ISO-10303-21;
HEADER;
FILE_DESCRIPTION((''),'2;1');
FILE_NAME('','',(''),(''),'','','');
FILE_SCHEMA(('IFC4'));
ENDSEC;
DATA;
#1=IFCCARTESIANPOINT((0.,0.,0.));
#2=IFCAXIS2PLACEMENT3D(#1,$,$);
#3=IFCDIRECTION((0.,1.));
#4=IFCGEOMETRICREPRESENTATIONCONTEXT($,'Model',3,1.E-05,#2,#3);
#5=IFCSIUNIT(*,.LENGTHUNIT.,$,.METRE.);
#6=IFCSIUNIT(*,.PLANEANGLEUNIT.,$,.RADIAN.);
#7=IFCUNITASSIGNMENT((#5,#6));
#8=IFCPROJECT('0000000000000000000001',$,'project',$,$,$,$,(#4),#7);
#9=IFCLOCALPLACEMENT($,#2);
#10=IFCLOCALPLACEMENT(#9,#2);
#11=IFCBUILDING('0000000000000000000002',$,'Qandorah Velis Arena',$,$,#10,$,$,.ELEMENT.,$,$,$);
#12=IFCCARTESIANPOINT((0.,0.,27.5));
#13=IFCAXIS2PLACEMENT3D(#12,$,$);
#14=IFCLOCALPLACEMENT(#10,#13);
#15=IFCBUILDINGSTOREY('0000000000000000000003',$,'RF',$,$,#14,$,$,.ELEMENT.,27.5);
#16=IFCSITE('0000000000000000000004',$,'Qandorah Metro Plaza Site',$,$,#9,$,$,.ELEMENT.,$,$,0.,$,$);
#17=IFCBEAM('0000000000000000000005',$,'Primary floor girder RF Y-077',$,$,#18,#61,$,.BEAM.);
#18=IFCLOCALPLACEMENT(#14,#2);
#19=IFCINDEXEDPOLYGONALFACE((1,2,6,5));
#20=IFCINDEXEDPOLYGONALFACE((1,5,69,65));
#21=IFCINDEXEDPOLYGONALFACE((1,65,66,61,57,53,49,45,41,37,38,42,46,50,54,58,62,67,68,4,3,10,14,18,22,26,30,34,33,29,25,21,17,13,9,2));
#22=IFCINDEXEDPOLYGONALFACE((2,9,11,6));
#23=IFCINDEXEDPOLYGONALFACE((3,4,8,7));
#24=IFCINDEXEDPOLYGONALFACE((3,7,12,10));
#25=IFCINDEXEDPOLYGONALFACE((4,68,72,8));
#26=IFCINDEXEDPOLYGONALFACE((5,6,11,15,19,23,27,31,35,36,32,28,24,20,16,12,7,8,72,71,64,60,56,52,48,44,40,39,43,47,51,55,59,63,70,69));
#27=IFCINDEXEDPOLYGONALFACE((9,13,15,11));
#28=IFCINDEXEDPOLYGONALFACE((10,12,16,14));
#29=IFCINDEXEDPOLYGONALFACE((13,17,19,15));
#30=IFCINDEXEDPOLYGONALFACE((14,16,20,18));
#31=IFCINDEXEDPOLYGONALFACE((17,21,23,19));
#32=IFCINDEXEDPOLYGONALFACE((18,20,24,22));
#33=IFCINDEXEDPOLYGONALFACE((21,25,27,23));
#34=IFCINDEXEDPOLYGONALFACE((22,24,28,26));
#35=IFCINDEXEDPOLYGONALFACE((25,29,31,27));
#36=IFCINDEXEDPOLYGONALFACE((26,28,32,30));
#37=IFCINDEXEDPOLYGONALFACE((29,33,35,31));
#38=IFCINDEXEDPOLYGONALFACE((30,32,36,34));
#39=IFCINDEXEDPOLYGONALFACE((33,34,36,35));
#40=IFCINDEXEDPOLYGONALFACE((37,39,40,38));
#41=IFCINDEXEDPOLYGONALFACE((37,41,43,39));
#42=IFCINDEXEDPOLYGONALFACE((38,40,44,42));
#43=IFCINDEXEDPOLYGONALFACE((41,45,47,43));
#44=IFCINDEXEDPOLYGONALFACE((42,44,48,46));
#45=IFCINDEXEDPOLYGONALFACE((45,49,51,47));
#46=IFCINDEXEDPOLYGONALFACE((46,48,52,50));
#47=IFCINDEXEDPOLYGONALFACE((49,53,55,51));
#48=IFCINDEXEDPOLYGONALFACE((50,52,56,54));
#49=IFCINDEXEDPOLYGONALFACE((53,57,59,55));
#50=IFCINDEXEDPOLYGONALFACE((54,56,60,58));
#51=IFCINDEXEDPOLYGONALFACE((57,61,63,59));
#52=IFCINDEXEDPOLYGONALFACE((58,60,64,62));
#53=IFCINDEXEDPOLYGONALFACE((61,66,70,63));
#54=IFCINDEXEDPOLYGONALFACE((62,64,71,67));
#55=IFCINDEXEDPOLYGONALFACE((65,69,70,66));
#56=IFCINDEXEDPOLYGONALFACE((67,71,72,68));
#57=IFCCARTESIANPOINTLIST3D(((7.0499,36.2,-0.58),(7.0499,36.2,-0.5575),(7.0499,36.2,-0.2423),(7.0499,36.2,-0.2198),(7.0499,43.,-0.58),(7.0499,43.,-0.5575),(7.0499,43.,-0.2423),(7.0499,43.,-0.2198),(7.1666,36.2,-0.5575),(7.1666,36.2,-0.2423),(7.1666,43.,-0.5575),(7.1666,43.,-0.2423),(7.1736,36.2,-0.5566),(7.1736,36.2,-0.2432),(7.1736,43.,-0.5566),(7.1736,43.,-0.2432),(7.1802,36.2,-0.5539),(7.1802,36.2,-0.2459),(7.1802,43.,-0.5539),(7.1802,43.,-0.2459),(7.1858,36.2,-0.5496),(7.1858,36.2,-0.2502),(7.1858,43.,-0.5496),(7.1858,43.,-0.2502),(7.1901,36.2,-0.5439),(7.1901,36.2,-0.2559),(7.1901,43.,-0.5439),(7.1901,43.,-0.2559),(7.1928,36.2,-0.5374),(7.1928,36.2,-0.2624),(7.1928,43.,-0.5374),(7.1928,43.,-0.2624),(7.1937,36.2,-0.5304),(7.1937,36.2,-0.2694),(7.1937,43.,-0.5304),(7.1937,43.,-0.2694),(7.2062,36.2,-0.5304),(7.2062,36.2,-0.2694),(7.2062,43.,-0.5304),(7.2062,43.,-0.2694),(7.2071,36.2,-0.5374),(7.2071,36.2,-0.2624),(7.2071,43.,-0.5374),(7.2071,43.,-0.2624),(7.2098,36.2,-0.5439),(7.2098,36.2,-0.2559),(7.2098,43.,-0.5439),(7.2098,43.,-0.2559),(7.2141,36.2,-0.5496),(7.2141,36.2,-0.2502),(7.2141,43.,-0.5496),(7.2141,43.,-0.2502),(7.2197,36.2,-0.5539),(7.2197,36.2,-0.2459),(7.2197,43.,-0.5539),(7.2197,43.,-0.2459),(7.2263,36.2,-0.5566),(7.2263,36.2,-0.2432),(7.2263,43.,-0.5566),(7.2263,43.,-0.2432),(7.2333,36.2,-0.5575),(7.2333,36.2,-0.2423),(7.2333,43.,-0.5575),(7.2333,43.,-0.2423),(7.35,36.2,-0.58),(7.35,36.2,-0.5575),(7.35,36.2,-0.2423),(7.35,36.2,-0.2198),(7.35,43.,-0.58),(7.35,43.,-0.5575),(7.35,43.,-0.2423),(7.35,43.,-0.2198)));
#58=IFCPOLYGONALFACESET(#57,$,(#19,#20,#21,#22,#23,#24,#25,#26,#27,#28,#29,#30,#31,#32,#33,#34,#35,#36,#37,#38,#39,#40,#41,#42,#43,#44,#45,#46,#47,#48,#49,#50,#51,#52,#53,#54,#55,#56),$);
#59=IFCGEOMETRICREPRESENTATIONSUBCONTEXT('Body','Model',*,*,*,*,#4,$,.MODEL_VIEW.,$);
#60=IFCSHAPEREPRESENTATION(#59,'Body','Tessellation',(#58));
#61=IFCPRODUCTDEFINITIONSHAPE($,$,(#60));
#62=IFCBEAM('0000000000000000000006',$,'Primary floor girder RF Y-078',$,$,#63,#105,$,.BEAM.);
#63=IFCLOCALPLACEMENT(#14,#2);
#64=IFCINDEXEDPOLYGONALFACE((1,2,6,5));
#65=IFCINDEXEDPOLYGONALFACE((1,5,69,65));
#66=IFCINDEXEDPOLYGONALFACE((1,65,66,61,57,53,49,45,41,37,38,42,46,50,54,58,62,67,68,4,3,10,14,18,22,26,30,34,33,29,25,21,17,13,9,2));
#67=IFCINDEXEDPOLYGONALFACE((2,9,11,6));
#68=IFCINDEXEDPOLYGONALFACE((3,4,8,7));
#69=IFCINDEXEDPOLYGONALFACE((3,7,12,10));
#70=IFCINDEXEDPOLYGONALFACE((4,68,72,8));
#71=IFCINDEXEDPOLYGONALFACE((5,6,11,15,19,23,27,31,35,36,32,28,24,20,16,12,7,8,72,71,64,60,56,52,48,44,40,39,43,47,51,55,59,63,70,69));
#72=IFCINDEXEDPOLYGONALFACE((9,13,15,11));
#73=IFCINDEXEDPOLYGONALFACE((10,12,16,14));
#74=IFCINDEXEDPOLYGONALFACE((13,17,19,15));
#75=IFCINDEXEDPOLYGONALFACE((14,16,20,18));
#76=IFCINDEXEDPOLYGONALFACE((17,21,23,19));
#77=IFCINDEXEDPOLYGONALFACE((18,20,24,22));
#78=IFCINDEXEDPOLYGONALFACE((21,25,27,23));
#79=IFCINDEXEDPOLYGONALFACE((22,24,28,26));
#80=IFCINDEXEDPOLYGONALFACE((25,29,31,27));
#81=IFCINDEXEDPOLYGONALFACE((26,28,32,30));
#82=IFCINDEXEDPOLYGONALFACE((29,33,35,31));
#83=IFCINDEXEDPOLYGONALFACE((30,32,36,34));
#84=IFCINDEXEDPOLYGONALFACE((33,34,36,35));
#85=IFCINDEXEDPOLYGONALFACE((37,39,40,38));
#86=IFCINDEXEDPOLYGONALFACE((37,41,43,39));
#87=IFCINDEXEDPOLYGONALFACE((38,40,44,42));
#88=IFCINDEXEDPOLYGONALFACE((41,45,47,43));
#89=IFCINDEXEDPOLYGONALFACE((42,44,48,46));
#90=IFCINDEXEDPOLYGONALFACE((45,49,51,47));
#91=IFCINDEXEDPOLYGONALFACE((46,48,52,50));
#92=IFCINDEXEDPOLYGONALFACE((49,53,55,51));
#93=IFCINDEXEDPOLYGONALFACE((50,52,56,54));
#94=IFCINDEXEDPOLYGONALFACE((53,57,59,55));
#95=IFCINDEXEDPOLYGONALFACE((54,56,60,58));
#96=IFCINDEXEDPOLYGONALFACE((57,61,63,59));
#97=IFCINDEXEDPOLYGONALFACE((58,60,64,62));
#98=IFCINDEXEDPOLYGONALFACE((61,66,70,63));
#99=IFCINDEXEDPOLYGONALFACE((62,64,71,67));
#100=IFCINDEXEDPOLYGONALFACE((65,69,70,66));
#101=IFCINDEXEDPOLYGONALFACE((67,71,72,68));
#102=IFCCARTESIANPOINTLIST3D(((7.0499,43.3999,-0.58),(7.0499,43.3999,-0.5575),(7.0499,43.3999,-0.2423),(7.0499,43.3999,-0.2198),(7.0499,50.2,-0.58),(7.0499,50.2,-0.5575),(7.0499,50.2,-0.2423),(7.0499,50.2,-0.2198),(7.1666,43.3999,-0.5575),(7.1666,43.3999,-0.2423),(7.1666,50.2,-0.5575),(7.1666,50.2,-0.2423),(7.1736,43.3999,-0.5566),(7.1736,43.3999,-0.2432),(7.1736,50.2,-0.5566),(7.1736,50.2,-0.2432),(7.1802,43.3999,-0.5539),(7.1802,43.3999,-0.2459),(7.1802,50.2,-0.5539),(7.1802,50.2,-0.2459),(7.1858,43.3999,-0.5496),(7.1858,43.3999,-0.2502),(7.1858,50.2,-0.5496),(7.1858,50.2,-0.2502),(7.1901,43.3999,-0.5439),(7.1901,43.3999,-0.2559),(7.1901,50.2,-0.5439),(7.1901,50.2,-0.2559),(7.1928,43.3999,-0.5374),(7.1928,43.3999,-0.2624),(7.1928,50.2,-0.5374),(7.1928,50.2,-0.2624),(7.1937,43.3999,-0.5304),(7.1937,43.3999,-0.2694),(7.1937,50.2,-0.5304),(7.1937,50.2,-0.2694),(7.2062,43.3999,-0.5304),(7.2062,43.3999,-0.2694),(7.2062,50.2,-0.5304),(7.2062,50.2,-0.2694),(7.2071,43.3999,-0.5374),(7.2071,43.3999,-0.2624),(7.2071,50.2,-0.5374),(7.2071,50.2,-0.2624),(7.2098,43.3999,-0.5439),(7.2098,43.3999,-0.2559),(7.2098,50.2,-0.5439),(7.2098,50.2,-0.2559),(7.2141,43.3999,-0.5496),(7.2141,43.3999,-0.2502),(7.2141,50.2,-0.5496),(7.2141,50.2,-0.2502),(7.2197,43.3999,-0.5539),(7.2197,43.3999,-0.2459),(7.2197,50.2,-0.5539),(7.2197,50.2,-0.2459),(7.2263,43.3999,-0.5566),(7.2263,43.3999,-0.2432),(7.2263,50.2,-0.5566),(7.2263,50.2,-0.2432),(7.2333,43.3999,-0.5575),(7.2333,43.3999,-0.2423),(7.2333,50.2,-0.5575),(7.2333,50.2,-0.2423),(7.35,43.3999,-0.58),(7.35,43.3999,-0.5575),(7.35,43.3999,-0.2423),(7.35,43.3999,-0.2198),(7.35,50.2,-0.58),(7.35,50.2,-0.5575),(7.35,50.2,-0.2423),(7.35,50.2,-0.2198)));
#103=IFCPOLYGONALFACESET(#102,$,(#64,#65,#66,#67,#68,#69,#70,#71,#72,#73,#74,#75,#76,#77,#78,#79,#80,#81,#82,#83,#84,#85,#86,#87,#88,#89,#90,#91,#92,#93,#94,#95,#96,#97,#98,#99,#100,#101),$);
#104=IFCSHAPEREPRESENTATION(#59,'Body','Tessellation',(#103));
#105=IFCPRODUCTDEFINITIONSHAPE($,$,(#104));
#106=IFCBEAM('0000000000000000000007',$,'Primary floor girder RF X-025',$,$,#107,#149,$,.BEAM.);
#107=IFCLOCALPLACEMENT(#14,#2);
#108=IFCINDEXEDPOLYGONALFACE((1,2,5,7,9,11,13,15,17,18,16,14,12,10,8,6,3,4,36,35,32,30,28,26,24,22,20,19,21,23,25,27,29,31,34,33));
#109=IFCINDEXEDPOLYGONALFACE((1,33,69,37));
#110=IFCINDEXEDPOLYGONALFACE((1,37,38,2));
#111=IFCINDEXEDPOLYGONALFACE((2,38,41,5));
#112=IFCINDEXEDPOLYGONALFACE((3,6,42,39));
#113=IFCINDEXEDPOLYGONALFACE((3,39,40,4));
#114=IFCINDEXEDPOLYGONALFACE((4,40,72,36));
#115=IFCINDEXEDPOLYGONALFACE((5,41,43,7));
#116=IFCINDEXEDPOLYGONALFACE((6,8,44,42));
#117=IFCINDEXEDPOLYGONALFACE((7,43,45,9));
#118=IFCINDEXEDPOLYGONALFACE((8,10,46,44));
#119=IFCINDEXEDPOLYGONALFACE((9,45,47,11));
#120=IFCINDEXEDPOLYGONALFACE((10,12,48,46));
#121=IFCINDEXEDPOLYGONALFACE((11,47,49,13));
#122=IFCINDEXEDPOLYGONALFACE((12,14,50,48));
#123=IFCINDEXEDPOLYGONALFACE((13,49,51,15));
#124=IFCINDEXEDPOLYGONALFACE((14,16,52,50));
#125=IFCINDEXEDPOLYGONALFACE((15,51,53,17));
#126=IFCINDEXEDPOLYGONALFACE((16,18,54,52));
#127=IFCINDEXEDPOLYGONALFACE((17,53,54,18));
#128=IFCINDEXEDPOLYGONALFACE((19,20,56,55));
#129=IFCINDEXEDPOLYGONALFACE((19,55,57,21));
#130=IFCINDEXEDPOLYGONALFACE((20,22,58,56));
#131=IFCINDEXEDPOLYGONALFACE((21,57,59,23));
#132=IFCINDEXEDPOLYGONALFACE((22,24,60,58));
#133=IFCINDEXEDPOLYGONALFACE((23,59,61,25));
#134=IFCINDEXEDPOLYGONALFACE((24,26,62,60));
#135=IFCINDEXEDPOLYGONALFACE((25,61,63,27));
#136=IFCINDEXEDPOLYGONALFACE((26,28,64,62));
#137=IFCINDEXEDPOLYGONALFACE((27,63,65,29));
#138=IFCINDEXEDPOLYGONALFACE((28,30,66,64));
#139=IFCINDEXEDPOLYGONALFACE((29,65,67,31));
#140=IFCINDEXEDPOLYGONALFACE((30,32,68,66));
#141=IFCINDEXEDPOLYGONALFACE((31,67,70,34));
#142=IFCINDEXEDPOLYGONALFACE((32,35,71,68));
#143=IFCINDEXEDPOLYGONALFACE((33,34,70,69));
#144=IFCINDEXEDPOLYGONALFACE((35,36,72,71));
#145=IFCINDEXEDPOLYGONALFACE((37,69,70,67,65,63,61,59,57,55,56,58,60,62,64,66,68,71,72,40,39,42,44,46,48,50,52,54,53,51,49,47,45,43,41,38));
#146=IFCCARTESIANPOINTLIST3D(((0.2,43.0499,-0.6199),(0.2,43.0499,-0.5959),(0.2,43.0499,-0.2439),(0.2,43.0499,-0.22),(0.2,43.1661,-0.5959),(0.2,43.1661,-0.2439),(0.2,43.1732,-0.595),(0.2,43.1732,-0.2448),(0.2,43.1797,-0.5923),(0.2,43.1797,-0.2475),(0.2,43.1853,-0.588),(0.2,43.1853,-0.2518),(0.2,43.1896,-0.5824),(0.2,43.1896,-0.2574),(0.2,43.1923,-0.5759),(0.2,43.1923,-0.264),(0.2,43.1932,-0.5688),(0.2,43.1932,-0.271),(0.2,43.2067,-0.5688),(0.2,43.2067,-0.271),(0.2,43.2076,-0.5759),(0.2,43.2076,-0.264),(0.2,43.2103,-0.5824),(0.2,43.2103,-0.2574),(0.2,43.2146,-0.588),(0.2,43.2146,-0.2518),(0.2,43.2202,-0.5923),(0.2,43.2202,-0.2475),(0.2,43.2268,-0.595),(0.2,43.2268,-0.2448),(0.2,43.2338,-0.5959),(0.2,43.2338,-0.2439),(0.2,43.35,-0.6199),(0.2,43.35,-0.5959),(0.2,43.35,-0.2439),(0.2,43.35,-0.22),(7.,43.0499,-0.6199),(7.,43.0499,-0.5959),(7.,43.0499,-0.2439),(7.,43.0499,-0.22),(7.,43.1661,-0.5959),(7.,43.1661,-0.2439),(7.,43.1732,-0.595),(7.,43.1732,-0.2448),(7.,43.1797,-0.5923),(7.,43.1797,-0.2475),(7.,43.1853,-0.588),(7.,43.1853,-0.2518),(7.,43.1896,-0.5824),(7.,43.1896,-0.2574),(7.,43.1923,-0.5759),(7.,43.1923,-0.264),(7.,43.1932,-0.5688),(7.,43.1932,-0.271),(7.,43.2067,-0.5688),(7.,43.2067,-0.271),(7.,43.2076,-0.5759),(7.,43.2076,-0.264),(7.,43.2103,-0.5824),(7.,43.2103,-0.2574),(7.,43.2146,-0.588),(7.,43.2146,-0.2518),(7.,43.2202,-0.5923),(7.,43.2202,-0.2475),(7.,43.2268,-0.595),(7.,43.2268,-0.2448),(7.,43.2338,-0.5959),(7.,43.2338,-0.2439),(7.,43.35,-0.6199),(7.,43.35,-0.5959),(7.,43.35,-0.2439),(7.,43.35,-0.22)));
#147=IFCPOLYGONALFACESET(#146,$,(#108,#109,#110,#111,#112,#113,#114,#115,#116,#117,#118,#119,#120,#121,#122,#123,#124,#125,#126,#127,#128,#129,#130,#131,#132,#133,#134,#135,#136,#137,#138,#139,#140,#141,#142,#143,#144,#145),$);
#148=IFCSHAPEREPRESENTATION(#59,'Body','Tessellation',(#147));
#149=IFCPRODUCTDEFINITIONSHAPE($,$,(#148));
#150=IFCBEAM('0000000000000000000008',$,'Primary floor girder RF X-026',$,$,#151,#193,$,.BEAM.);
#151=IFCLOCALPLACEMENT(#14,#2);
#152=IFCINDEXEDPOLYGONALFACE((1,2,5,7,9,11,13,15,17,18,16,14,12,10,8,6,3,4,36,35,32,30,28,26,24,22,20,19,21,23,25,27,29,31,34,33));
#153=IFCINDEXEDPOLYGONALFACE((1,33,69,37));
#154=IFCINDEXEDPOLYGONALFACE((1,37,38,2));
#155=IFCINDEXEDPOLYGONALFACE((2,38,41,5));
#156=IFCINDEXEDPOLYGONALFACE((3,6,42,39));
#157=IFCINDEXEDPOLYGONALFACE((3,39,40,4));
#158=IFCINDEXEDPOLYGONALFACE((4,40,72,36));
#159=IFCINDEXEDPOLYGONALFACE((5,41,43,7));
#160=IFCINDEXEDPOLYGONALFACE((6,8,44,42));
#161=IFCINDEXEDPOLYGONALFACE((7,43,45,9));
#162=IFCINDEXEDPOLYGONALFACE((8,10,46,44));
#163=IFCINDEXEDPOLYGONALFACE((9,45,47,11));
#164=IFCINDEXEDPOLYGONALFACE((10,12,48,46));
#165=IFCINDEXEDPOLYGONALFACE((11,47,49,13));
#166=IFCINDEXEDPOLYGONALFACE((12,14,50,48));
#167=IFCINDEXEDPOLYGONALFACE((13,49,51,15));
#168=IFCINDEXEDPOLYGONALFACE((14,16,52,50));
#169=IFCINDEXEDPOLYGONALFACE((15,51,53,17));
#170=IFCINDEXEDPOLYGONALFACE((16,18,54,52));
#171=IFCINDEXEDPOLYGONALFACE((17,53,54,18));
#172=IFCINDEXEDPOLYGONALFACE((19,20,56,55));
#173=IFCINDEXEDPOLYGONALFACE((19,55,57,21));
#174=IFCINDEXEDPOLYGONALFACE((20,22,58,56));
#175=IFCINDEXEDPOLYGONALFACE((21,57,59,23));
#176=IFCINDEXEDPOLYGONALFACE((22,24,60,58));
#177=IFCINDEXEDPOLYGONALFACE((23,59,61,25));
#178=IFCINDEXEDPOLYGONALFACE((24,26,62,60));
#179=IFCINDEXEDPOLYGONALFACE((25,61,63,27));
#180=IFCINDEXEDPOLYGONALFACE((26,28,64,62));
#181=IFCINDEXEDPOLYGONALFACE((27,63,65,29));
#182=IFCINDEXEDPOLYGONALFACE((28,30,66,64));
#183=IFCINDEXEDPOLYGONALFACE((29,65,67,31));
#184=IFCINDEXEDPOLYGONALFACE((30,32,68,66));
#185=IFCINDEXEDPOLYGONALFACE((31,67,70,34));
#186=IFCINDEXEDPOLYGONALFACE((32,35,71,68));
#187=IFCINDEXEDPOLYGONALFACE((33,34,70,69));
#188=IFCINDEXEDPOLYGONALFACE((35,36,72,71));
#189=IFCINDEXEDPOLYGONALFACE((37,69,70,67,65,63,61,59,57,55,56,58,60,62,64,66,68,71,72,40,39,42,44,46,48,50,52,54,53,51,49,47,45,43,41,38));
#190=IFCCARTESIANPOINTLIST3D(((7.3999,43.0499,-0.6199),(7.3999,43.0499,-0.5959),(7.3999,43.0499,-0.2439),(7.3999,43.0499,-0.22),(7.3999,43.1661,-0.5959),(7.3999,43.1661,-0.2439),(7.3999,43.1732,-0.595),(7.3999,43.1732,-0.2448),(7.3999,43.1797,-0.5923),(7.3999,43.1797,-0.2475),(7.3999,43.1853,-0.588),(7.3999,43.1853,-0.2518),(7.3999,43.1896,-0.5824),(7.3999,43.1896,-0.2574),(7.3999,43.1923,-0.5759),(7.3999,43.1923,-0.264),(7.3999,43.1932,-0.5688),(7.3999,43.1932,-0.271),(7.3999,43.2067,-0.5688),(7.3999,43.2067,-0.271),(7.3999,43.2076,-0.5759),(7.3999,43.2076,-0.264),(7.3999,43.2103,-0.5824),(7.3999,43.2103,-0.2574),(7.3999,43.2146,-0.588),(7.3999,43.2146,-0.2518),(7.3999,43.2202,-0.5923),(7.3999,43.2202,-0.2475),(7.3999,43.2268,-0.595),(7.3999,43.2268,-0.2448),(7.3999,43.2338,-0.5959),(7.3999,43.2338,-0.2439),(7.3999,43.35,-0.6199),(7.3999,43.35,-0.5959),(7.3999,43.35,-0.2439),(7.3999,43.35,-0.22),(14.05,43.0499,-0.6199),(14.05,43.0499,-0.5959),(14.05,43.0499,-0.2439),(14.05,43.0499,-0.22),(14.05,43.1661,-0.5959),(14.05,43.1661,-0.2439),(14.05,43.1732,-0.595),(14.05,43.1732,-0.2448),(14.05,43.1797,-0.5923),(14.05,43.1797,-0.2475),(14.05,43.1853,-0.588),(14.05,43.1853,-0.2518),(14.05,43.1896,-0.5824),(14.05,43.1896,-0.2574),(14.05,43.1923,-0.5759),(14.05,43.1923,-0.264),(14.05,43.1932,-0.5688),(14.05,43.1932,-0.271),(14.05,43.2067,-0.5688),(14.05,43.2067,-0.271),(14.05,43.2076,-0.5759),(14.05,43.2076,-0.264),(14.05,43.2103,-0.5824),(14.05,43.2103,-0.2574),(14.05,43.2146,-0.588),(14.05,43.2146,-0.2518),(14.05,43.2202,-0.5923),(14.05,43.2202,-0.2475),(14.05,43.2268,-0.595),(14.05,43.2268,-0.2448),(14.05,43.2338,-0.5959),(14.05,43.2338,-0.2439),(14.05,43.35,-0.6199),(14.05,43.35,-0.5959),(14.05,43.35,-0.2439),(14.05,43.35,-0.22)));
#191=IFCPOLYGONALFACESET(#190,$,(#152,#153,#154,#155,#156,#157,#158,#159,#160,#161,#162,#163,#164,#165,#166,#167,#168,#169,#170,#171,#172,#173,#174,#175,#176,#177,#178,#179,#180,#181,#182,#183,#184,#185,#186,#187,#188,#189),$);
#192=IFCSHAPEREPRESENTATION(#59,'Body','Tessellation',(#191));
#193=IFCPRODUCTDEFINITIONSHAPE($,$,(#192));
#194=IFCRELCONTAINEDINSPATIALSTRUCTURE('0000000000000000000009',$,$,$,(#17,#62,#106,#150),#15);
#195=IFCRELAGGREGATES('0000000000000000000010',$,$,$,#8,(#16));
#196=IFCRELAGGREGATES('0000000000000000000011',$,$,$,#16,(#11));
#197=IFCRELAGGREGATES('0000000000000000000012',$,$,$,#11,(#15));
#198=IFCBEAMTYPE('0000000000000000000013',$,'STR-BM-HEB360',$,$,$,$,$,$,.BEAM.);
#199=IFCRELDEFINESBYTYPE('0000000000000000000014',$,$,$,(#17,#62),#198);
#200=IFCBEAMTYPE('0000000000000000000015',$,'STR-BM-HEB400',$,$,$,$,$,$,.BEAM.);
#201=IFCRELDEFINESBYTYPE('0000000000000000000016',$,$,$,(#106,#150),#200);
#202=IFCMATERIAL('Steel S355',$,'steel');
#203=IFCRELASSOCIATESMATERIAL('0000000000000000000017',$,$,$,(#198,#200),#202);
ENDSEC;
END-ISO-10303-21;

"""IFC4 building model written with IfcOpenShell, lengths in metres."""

from ifc_helpers import new_model, si_unit, direction, frame, origin, origin_2d, place, context, subcontext, project, spatial, i_section, extrude, material, material_profile, profile_set, type_object, element, save


model = new_model("IFC4")

# Units and contexts
model_context = context("Model", 3, precision=1e-05, world=origin(), true_north=direction((0.0, 1.0)))
body_context = subcontext(model_context, "Body", "Model", "MODEL_VIEW")
ifc_project = project(units=[si_unit("LENGTHUNIT", "METRE"), si_unit("PLANEANGLEUNIT", "RADIAN")], contexts=[model_context])

# Site, building, storey
site_placement = place(None, origin())
site = spatial("IfcSite", under=ifc_project, at=site_placement, Name="Qandorah Metro Plaza Site", CompositionType="ELEMENT", RefElevation=0.0)
building_placement = place(site_placement, origin())
building = spatial("IfcBuilding", under=site, at=building_placement, Name="Qandorah Velis Arena", CompositionType="ELEMENT")
storey_placement = place(building_placement, frame((0.0, 0.0, 27.5)))
storey = spatial("IfcBuildingStorey", under=building, at=storey_placement, Name="RF", CompositionType="ELEMENT", Elevation=27.5)

# Beams
ifc_material_1 = material(Name="Steel S355", Category="steel")
ifc_material_profile_1 = material_profile(ifc_material_1, i_section(OverallWidth=0.3, OverallDepth=0.3601, WebThickness=0.0125, FlangeThickness=0.0225, FilletRadius=0.0271, at=origin_2d()), Name="HEB 360")
ifc_profile_set_1 = profile_set([ifc_material_profile_1], Name="Steel S355")
beam_type_1 = type_object("IfcBeamType", Name="STR-BM-HEB360", PredefinedType="BEAM", material=ifc_profile_set_1)
for number, where, z_axis, x_axis, name in (
    (1, (7.2, 36.2, -0.3999), (0.0, 1.0, 0.0), (-1.0, 0.0, 0.0), "Primary floor girder RF Y-077"),
    (2, (7.2, 43.3999, -0.3999), (0.0, 1.0, 0.0), (-1.0, 0.0, 0.0), "Primary floor girder RF Y-078"),
):
    element("IfcBeam", number, at=place(storey_placement, frame(where, z_axis=z_axis, x_axis=x_axis)), inside=storey, type_object=beam_type_1, Name=name, PredefinedType="BEAM", context=body_context, shape_type="SweptSolid", body=[
        extrude(i_section(OverallWidth=0.3, OverallDepth=0.3601, WebThickness=0.0125, FlangeThickness=0.0225, FilletRadius=0.0271, at=origin_2d()), origin(), (0.0, 0.0, 1.0), 6.8),
    ])
ifc_material_profile_2 = material_profile(ifc_material_1, i_section(OverallWidth=0.3, OverallDepth=0.3999, WebThickness=0.0134, FlangeThickness=0.0239, FilletRadius=0.0271, at=origin_2d()), Name="HEB 400")
ifc_profile_set_2 = profile_set([ifc_material_profile_2], Name="Steel S355")
beam_type_2 = type_object("IfcBeamType", Name="STR-BM-HEB400", PredefinedType="BEAM", material=ifc_profile_set_2)
beam_1_placement = place(storey_placement, frame((0.2, 43.2, -0.4199), z_axis=(1.0, 0.0, 0.0), x_axis=(0.0, 1.0, 0.0)))
element("IfcBeam", 3, at=beam_1_placement, inside=storey, type_object=beam_type_2, Name="Primary floor girder RF X-025", PredefinedType="BEAM", context=body_context, shape_type="SweptSolid", body=[
    extrude(i_section(OverallWidth=0.3, OverallDepth=0.3999, WebThickness=0.0134, FlangeThickness=0.0239, FilletRadius=0.0271, at=origin_2d()), origin(), (0.0, 0.0, 1.0), 6.8),
])
beam_2_placement = place(storey_placement, frame((7.3999, 43.2, -0.4199), z_axis=(1.0, 0.0, 0.0), x_axis=(0.0, 1.0, 0.0)))
element("IfcBeam", 4, at=beam_2_placement, inside=storey, type_object=beam_type_2, Name="Primary floor girder RF X-026", PredefinedType="BEAM", context=body_context, shape_type="SweptSolid", body=[
    extrude(i_section(OverallWidth=0.3, OverallDepth=0.3999, WebThickness=0.0134, FlangeThickness=0.0239, FilletRadius=0.0271, at=origin_2d()), origin(), (0.0, 0.0, 1.0), 6.6501),
])

save(model, "model.ifc")
